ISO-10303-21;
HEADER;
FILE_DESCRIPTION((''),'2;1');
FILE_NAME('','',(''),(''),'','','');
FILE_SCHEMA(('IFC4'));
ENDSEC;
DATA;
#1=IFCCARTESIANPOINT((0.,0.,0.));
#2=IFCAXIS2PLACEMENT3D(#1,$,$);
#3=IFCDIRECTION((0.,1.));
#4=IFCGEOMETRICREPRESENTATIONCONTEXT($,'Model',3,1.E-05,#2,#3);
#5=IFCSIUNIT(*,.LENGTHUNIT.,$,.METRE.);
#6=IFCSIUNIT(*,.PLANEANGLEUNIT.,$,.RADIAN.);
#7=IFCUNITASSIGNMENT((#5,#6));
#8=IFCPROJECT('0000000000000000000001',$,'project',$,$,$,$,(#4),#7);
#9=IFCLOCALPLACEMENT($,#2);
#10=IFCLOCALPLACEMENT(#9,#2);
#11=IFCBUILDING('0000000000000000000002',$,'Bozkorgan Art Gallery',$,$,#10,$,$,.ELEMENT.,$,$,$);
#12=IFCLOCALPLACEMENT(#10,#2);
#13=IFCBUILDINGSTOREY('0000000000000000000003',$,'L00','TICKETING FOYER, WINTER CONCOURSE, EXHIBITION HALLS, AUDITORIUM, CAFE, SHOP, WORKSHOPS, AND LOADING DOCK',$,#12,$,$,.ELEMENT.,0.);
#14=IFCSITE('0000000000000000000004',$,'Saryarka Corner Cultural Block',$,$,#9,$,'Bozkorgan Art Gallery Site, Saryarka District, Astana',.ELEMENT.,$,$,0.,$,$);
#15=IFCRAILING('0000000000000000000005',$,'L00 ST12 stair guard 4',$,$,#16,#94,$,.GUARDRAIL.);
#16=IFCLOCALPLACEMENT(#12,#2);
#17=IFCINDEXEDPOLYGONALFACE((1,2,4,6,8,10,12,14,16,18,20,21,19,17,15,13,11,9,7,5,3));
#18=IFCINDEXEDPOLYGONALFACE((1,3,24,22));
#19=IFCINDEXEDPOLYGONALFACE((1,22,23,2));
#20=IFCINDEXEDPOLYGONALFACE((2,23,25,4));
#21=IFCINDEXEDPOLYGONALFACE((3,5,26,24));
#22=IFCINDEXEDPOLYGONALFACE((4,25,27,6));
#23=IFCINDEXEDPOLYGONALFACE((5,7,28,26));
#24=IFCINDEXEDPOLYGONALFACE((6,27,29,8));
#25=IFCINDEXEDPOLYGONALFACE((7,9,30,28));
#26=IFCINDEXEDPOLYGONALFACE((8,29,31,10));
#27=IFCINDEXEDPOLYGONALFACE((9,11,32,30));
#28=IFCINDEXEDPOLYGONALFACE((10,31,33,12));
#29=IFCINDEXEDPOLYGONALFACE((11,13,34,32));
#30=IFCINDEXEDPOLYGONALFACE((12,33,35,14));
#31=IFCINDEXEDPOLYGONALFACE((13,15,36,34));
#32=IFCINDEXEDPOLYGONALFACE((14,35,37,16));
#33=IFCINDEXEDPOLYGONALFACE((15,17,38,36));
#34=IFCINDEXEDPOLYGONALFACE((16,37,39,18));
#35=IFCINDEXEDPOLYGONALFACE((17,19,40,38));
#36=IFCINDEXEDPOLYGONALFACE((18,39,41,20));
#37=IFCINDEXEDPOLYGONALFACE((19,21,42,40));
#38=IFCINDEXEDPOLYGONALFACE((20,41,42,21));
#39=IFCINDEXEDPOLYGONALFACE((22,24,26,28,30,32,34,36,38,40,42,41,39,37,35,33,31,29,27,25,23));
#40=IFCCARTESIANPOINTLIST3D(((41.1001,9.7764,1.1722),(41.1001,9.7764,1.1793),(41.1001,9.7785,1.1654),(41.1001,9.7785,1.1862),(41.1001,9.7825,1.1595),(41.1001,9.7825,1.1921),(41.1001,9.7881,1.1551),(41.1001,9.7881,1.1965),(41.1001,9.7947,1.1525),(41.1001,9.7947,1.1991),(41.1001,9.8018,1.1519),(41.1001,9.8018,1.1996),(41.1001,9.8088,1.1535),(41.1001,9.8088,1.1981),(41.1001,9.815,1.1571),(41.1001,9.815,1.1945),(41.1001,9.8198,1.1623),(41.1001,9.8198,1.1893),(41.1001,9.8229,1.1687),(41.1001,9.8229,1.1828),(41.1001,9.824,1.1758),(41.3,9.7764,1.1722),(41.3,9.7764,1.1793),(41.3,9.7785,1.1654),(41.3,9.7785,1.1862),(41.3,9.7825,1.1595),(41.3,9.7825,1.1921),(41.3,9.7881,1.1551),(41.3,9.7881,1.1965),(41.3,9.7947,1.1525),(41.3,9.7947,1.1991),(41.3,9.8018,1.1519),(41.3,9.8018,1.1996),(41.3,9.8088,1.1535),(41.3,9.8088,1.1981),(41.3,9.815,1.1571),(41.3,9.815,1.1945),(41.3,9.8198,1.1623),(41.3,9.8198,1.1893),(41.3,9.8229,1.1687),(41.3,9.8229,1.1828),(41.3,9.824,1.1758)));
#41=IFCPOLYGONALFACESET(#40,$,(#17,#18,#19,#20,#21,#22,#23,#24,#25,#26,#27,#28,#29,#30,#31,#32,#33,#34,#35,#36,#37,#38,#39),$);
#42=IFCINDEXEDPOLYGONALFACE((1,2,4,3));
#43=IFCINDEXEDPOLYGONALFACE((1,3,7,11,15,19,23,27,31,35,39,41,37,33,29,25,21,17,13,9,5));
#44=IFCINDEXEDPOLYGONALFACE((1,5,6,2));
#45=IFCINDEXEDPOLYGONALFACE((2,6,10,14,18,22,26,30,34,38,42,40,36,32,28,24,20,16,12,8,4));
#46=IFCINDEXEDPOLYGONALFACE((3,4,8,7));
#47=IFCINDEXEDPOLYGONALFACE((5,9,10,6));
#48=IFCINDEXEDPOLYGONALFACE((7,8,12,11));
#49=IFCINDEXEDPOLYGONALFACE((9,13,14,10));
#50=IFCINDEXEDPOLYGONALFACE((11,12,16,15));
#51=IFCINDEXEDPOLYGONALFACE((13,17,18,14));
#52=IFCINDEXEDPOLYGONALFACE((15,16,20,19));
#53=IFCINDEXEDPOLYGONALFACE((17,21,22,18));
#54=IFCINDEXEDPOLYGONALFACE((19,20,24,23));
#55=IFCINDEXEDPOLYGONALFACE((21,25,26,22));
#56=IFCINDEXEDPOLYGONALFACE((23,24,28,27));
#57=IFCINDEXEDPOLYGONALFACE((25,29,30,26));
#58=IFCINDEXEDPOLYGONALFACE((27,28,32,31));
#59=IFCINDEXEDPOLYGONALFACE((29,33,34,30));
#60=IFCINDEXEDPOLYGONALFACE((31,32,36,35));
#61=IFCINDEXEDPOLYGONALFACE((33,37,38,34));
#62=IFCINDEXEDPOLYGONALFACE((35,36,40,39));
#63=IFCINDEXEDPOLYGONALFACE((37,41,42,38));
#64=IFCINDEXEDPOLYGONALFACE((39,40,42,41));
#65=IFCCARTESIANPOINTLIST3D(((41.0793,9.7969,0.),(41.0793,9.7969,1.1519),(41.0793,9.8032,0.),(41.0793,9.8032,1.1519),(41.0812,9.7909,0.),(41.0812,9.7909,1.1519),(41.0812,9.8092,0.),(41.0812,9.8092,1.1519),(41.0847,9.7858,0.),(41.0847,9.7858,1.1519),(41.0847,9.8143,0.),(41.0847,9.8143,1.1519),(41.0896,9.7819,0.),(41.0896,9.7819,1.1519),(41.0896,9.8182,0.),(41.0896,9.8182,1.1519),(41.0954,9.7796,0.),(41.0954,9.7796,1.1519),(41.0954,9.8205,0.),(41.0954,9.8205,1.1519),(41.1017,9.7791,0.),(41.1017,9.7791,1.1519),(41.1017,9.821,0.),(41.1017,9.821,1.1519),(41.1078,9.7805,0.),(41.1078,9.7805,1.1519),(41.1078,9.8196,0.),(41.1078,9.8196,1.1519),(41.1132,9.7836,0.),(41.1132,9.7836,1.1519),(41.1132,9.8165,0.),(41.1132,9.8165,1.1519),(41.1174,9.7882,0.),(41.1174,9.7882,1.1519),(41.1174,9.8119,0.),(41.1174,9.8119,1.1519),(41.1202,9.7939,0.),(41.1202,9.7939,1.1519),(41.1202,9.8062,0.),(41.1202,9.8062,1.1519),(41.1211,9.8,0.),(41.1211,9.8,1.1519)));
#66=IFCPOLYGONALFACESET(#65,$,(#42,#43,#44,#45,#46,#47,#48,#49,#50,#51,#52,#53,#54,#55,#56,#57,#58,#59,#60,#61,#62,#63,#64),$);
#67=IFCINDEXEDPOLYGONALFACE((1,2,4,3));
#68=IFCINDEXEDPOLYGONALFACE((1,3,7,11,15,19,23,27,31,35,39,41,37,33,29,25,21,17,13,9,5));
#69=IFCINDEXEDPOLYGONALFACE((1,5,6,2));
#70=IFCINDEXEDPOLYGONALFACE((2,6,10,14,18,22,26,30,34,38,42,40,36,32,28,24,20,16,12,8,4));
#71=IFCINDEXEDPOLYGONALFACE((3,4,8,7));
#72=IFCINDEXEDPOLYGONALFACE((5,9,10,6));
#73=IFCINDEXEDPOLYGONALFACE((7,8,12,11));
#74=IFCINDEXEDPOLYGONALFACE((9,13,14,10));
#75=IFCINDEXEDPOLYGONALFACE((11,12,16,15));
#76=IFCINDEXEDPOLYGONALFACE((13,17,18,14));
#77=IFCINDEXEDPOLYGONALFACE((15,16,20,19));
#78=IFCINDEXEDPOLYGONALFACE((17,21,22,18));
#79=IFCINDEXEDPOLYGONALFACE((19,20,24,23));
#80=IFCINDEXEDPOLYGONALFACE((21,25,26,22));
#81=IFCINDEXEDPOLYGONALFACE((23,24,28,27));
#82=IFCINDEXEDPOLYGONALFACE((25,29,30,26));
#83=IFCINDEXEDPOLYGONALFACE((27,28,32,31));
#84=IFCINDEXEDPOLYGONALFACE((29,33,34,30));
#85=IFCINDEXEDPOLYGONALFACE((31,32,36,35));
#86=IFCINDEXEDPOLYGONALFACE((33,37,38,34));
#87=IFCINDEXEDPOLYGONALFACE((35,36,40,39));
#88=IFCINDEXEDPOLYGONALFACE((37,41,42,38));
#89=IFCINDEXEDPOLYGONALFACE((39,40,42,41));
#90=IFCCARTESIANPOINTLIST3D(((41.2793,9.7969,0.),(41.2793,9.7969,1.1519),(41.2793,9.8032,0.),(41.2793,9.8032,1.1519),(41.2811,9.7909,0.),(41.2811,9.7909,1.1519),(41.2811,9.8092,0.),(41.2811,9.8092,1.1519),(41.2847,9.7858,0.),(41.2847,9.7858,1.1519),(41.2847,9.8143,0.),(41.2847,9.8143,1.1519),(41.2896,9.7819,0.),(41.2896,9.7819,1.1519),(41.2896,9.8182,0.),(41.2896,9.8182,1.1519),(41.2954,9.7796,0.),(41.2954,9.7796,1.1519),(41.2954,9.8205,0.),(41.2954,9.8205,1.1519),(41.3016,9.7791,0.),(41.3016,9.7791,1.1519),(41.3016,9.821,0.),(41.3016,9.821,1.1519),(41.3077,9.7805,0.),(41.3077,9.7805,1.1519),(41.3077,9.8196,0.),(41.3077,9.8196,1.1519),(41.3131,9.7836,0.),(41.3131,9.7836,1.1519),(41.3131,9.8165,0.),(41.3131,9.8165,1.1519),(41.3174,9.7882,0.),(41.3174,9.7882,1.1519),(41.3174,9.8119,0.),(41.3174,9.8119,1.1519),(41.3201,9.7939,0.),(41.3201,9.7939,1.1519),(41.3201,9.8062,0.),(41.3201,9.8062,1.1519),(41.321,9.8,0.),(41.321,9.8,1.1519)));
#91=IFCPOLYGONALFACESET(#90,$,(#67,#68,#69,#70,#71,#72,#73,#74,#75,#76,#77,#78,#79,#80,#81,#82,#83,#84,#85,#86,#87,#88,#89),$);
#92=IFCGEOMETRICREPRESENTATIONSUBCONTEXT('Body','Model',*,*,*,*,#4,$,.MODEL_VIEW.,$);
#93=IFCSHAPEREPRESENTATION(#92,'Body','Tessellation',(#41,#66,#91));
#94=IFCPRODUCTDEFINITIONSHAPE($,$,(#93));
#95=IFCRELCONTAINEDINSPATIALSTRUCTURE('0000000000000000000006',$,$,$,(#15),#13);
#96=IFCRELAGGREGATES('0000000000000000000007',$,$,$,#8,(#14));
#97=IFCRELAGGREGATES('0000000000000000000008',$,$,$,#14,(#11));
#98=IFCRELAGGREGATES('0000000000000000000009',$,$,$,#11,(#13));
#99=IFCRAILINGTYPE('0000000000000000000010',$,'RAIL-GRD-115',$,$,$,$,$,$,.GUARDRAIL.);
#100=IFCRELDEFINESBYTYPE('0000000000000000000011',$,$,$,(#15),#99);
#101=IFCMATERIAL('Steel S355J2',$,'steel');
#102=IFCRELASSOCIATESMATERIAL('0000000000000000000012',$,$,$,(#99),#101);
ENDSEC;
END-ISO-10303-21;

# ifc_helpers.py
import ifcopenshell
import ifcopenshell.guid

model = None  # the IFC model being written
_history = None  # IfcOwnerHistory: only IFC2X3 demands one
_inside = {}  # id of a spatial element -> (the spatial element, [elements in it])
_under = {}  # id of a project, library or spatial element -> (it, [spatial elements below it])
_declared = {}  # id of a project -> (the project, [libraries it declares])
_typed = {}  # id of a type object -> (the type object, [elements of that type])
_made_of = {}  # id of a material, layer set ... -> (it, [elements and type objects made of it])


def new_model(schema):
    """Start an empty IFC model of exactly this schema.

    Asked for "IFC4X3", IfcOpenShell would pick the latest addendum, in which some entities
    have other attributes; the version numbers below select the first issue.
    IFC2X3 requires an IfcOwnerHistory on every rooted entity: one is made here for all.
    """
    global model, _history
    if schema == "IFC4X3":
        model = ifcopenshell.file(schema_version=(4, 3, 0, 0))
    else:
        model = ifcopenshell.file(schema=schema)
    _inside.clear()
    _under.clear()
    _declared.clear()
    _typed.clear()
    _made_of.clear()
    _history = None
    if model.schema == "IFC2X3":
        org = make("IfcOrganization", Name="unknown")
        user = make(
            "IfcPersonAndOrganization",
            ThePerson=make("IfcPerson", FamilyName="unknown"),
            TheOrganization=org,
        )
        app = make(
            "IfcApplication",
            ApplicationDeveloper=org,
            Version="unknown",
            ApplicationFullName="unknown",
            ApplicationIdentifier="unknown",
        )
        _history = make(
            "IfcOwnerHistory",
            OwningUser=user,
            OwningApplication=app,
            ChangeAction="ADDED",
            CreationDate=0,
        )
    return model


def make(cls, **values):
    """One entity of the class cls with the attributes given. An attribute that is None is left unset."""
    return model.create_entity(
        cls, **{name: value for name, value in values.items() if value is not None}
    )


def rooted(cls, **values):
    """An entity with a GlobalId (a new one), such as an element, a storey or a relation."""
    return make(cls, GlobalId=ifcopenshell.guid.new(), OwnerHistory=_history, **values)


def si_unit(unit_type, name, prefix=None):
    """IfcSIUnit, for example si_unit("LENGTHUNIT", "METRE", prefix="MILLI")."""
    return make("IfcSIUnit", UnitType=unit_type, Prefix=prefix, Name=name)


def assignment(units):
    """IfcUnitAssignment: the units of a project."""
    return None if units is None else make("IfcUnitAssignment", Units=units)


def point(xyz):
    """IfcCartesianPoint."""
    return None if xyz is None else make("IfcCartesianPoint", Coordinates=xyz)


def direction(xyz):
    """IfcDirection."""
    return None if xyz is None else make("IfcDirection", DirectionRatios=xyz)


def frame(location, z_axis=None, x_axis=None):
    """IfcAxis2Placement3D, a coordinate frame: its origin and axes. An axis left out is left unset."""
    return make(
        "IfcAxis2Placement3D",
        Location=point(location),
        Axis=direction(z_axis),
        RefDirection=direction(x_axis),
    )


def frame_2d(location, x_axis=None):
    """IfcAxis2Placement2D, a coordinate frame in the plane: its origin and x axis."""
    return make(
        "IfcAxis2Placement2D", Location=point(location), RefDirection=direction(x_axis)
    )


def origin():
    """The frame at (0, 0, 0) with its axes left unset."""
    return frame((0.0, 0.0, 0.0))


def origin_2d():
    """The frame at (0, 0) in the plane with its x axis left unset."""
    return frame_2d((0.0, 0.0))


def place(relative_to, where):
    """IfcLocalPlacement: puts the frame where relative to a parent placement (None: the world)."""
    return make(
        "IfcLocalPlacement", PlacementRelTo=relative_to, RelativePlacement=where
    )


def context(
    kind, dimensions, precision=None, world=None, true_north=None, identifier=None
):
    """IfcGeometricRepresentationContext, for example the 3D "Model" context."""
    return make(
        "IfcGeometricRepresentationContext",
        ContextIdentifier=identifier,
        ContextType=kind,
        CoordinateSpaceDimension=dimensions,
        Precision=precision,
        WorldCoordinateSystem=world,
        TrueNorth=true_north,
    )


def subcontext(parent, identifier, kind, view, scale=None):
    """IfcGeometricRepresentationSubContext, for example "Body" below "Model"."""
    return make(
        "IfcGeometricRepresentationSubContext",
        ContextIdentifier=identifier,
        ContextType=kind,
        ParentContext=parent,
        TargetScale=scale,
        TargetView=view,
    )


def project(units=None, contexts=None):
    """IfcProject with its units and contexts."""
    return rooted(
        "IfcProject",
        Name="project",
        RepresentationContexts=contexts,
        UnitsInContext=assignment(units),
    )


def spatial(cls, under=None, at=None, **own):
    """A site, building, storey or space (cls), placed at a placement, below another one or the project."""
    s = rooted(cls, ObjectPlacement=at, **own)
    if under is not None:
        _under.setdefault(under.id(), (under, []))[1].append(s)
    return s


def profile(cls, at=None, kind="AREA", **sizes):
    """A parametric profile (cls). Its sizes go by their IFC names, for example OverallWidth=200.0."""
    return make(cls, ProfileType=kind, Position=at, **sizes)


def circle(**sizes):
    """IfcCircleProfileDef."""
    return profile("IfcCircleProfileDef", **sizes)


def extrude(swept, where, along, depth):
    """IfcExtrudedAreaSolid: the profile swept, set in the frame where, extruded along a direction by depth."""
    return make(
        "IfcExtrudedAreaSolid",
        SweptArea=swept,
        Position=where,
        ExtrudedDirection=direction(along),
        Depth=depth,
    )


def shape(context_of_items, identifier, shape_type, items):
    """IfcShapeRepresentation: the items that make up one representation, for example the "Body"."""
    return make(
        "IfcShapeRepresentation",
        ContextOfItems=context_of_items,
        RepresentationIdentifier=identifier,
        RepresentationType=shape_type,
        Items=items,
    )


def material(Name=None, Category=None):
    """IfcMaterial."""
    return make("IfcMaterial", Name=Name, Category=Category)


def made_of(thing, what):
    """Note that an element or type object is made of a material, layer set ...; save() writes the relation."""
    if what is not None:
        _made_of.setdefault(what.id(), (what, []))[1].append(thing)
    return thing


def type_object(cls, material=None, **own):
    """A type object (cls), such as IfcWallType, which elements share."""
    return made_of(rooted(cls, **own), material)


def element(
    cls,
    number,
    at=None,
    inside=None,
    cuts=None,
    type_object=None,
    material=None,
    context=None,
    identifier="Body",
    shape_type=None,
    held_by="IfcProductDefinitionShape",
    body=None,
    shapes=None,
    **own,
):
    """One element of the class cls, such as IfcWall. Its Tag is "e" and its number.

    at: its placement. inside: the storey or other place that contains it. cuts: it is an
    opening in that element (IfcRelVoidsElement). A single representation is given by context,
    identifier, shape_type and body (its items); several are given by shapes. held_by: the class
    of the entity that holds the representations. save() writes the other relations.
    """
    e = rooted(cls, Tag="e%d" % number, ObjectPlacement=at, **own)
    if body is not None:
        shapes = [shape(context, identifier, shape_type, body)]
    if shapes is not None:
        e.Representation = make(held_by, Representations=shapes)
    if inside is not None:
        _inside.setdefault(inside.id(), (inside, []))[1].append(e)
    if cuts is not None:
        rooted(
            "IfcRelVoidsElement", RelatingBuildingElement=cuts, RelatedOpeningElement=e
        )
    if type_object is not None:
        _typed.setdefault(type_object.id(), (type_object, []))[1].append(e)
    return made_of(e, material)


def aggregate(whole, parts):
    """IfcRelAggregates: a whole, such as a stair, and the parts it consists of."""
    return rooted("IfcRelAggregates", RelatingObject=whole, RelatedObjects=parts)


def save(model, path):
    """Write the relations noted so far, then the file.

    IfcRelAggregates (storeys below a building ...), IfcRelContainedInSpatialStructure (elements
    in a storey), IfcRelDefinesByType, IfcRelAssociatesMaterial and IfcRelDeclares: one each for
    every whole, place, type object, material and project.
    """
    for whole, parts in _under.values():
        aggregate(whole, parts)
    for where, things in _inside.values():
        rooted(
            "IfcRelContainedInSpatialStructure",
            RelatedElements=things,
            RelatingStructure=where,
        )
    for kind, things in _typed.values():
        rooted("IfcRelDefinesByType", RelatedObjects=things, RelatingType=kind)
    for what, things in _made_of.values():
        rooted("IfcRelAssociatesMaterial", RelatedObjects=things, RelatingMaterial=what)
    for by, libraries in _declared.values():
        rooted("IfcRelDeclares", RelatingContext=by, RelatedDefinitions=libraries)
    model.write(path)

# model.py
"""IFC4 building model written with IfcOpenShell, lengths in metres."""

from ifc_helpers import new_model, si_unit, direction, frame, origin, origin_2d, place, context, subcontext, project, spatial, circle, extrude, material, type_object, element, save


model = new_model("IFC4")

# Units and contexts
model_context = context("Model", 3, precision=1e-05, world=origin(), true_north=direction((0.0, 1.0)))
body_context = subcontext(model_context, "Body", "Model", "MODEL_VIEW")
ifc_project = project(units=[si_unit("LENGTHUNIT", "METRE"), si_unit("PLANEANGLEUNIT", "RADIAN")], contexts=[model_context])

# Site, building, storey
site_placement = place(None, origin())
site = spatial("IfcSite", under=ifc_project, at=site_placement, Name="Saryarka Corner Cultural Block", LongName="Bozkorgan Art Gallery Site, Saryarka District, Astana", CompositionType="ELEMENT", RefElevation=0.0)
building_placement = place(site_placement, origin())
building = spatial("IfcBuilding", under=site, at=building_placement, Name="Bozkorgan Art Gallery", CompositionType="ELEMENT")
storey_placement = place(building_placement, origin())
storey = spatial("IfcBuildingStorey", under=building, at=storey_placement, Name="L00", Description="TICKETING FOYER, WINTER CONCOURSE, EXHIBITION HALLS, AUDITORIUM, CAFE, SHOP, WORKSHOPS, AND LOADING DOCK", CompositionType="ELEMENT", Elevation=0.0)

# Shared definitions
ifc_material_1 = material(Name="Steel S355J2", Category="steel")

# Railing
railing_type_1 = type_object("IfcRailingType", Name="RAIL-GRD-115", PredefinedType="GUARDRAIL", material=ifc_material_1)
railing_1_placement = place(storey_placement, frame((41.1001, 9.8, 0.0)))
element("IfcRailing", 1, at=railing_1_placement, inside=storey, type_object=railing_type_1, Name="L00 ST12 stair guard 4", PredefinedType="GUARDRAIL", context=body_context, shape_type="SweptSolid", body=[
    extrude(circle(Radius=0.0239, at=origin_2d()), frame((0.0, 0.0, 1.1758), z_axis=(1.0, 0.0, 0.0), x_axis=(0.0, 1.0, 0.0)), (0.0, 0.0, 1.0), 0.2),
    extrude(circle(Radius=0.021, at=origin_2d()), origin(), (0.0, 0.0, 1.0), 1.1519),
    extrude(circle(Radius=0.021, at=origin_2d()), frame((0.2, 0.0, 0.0)), (0.0, 0.0, 1.0), 1.1519),
])

save(model, "model.ifc")
